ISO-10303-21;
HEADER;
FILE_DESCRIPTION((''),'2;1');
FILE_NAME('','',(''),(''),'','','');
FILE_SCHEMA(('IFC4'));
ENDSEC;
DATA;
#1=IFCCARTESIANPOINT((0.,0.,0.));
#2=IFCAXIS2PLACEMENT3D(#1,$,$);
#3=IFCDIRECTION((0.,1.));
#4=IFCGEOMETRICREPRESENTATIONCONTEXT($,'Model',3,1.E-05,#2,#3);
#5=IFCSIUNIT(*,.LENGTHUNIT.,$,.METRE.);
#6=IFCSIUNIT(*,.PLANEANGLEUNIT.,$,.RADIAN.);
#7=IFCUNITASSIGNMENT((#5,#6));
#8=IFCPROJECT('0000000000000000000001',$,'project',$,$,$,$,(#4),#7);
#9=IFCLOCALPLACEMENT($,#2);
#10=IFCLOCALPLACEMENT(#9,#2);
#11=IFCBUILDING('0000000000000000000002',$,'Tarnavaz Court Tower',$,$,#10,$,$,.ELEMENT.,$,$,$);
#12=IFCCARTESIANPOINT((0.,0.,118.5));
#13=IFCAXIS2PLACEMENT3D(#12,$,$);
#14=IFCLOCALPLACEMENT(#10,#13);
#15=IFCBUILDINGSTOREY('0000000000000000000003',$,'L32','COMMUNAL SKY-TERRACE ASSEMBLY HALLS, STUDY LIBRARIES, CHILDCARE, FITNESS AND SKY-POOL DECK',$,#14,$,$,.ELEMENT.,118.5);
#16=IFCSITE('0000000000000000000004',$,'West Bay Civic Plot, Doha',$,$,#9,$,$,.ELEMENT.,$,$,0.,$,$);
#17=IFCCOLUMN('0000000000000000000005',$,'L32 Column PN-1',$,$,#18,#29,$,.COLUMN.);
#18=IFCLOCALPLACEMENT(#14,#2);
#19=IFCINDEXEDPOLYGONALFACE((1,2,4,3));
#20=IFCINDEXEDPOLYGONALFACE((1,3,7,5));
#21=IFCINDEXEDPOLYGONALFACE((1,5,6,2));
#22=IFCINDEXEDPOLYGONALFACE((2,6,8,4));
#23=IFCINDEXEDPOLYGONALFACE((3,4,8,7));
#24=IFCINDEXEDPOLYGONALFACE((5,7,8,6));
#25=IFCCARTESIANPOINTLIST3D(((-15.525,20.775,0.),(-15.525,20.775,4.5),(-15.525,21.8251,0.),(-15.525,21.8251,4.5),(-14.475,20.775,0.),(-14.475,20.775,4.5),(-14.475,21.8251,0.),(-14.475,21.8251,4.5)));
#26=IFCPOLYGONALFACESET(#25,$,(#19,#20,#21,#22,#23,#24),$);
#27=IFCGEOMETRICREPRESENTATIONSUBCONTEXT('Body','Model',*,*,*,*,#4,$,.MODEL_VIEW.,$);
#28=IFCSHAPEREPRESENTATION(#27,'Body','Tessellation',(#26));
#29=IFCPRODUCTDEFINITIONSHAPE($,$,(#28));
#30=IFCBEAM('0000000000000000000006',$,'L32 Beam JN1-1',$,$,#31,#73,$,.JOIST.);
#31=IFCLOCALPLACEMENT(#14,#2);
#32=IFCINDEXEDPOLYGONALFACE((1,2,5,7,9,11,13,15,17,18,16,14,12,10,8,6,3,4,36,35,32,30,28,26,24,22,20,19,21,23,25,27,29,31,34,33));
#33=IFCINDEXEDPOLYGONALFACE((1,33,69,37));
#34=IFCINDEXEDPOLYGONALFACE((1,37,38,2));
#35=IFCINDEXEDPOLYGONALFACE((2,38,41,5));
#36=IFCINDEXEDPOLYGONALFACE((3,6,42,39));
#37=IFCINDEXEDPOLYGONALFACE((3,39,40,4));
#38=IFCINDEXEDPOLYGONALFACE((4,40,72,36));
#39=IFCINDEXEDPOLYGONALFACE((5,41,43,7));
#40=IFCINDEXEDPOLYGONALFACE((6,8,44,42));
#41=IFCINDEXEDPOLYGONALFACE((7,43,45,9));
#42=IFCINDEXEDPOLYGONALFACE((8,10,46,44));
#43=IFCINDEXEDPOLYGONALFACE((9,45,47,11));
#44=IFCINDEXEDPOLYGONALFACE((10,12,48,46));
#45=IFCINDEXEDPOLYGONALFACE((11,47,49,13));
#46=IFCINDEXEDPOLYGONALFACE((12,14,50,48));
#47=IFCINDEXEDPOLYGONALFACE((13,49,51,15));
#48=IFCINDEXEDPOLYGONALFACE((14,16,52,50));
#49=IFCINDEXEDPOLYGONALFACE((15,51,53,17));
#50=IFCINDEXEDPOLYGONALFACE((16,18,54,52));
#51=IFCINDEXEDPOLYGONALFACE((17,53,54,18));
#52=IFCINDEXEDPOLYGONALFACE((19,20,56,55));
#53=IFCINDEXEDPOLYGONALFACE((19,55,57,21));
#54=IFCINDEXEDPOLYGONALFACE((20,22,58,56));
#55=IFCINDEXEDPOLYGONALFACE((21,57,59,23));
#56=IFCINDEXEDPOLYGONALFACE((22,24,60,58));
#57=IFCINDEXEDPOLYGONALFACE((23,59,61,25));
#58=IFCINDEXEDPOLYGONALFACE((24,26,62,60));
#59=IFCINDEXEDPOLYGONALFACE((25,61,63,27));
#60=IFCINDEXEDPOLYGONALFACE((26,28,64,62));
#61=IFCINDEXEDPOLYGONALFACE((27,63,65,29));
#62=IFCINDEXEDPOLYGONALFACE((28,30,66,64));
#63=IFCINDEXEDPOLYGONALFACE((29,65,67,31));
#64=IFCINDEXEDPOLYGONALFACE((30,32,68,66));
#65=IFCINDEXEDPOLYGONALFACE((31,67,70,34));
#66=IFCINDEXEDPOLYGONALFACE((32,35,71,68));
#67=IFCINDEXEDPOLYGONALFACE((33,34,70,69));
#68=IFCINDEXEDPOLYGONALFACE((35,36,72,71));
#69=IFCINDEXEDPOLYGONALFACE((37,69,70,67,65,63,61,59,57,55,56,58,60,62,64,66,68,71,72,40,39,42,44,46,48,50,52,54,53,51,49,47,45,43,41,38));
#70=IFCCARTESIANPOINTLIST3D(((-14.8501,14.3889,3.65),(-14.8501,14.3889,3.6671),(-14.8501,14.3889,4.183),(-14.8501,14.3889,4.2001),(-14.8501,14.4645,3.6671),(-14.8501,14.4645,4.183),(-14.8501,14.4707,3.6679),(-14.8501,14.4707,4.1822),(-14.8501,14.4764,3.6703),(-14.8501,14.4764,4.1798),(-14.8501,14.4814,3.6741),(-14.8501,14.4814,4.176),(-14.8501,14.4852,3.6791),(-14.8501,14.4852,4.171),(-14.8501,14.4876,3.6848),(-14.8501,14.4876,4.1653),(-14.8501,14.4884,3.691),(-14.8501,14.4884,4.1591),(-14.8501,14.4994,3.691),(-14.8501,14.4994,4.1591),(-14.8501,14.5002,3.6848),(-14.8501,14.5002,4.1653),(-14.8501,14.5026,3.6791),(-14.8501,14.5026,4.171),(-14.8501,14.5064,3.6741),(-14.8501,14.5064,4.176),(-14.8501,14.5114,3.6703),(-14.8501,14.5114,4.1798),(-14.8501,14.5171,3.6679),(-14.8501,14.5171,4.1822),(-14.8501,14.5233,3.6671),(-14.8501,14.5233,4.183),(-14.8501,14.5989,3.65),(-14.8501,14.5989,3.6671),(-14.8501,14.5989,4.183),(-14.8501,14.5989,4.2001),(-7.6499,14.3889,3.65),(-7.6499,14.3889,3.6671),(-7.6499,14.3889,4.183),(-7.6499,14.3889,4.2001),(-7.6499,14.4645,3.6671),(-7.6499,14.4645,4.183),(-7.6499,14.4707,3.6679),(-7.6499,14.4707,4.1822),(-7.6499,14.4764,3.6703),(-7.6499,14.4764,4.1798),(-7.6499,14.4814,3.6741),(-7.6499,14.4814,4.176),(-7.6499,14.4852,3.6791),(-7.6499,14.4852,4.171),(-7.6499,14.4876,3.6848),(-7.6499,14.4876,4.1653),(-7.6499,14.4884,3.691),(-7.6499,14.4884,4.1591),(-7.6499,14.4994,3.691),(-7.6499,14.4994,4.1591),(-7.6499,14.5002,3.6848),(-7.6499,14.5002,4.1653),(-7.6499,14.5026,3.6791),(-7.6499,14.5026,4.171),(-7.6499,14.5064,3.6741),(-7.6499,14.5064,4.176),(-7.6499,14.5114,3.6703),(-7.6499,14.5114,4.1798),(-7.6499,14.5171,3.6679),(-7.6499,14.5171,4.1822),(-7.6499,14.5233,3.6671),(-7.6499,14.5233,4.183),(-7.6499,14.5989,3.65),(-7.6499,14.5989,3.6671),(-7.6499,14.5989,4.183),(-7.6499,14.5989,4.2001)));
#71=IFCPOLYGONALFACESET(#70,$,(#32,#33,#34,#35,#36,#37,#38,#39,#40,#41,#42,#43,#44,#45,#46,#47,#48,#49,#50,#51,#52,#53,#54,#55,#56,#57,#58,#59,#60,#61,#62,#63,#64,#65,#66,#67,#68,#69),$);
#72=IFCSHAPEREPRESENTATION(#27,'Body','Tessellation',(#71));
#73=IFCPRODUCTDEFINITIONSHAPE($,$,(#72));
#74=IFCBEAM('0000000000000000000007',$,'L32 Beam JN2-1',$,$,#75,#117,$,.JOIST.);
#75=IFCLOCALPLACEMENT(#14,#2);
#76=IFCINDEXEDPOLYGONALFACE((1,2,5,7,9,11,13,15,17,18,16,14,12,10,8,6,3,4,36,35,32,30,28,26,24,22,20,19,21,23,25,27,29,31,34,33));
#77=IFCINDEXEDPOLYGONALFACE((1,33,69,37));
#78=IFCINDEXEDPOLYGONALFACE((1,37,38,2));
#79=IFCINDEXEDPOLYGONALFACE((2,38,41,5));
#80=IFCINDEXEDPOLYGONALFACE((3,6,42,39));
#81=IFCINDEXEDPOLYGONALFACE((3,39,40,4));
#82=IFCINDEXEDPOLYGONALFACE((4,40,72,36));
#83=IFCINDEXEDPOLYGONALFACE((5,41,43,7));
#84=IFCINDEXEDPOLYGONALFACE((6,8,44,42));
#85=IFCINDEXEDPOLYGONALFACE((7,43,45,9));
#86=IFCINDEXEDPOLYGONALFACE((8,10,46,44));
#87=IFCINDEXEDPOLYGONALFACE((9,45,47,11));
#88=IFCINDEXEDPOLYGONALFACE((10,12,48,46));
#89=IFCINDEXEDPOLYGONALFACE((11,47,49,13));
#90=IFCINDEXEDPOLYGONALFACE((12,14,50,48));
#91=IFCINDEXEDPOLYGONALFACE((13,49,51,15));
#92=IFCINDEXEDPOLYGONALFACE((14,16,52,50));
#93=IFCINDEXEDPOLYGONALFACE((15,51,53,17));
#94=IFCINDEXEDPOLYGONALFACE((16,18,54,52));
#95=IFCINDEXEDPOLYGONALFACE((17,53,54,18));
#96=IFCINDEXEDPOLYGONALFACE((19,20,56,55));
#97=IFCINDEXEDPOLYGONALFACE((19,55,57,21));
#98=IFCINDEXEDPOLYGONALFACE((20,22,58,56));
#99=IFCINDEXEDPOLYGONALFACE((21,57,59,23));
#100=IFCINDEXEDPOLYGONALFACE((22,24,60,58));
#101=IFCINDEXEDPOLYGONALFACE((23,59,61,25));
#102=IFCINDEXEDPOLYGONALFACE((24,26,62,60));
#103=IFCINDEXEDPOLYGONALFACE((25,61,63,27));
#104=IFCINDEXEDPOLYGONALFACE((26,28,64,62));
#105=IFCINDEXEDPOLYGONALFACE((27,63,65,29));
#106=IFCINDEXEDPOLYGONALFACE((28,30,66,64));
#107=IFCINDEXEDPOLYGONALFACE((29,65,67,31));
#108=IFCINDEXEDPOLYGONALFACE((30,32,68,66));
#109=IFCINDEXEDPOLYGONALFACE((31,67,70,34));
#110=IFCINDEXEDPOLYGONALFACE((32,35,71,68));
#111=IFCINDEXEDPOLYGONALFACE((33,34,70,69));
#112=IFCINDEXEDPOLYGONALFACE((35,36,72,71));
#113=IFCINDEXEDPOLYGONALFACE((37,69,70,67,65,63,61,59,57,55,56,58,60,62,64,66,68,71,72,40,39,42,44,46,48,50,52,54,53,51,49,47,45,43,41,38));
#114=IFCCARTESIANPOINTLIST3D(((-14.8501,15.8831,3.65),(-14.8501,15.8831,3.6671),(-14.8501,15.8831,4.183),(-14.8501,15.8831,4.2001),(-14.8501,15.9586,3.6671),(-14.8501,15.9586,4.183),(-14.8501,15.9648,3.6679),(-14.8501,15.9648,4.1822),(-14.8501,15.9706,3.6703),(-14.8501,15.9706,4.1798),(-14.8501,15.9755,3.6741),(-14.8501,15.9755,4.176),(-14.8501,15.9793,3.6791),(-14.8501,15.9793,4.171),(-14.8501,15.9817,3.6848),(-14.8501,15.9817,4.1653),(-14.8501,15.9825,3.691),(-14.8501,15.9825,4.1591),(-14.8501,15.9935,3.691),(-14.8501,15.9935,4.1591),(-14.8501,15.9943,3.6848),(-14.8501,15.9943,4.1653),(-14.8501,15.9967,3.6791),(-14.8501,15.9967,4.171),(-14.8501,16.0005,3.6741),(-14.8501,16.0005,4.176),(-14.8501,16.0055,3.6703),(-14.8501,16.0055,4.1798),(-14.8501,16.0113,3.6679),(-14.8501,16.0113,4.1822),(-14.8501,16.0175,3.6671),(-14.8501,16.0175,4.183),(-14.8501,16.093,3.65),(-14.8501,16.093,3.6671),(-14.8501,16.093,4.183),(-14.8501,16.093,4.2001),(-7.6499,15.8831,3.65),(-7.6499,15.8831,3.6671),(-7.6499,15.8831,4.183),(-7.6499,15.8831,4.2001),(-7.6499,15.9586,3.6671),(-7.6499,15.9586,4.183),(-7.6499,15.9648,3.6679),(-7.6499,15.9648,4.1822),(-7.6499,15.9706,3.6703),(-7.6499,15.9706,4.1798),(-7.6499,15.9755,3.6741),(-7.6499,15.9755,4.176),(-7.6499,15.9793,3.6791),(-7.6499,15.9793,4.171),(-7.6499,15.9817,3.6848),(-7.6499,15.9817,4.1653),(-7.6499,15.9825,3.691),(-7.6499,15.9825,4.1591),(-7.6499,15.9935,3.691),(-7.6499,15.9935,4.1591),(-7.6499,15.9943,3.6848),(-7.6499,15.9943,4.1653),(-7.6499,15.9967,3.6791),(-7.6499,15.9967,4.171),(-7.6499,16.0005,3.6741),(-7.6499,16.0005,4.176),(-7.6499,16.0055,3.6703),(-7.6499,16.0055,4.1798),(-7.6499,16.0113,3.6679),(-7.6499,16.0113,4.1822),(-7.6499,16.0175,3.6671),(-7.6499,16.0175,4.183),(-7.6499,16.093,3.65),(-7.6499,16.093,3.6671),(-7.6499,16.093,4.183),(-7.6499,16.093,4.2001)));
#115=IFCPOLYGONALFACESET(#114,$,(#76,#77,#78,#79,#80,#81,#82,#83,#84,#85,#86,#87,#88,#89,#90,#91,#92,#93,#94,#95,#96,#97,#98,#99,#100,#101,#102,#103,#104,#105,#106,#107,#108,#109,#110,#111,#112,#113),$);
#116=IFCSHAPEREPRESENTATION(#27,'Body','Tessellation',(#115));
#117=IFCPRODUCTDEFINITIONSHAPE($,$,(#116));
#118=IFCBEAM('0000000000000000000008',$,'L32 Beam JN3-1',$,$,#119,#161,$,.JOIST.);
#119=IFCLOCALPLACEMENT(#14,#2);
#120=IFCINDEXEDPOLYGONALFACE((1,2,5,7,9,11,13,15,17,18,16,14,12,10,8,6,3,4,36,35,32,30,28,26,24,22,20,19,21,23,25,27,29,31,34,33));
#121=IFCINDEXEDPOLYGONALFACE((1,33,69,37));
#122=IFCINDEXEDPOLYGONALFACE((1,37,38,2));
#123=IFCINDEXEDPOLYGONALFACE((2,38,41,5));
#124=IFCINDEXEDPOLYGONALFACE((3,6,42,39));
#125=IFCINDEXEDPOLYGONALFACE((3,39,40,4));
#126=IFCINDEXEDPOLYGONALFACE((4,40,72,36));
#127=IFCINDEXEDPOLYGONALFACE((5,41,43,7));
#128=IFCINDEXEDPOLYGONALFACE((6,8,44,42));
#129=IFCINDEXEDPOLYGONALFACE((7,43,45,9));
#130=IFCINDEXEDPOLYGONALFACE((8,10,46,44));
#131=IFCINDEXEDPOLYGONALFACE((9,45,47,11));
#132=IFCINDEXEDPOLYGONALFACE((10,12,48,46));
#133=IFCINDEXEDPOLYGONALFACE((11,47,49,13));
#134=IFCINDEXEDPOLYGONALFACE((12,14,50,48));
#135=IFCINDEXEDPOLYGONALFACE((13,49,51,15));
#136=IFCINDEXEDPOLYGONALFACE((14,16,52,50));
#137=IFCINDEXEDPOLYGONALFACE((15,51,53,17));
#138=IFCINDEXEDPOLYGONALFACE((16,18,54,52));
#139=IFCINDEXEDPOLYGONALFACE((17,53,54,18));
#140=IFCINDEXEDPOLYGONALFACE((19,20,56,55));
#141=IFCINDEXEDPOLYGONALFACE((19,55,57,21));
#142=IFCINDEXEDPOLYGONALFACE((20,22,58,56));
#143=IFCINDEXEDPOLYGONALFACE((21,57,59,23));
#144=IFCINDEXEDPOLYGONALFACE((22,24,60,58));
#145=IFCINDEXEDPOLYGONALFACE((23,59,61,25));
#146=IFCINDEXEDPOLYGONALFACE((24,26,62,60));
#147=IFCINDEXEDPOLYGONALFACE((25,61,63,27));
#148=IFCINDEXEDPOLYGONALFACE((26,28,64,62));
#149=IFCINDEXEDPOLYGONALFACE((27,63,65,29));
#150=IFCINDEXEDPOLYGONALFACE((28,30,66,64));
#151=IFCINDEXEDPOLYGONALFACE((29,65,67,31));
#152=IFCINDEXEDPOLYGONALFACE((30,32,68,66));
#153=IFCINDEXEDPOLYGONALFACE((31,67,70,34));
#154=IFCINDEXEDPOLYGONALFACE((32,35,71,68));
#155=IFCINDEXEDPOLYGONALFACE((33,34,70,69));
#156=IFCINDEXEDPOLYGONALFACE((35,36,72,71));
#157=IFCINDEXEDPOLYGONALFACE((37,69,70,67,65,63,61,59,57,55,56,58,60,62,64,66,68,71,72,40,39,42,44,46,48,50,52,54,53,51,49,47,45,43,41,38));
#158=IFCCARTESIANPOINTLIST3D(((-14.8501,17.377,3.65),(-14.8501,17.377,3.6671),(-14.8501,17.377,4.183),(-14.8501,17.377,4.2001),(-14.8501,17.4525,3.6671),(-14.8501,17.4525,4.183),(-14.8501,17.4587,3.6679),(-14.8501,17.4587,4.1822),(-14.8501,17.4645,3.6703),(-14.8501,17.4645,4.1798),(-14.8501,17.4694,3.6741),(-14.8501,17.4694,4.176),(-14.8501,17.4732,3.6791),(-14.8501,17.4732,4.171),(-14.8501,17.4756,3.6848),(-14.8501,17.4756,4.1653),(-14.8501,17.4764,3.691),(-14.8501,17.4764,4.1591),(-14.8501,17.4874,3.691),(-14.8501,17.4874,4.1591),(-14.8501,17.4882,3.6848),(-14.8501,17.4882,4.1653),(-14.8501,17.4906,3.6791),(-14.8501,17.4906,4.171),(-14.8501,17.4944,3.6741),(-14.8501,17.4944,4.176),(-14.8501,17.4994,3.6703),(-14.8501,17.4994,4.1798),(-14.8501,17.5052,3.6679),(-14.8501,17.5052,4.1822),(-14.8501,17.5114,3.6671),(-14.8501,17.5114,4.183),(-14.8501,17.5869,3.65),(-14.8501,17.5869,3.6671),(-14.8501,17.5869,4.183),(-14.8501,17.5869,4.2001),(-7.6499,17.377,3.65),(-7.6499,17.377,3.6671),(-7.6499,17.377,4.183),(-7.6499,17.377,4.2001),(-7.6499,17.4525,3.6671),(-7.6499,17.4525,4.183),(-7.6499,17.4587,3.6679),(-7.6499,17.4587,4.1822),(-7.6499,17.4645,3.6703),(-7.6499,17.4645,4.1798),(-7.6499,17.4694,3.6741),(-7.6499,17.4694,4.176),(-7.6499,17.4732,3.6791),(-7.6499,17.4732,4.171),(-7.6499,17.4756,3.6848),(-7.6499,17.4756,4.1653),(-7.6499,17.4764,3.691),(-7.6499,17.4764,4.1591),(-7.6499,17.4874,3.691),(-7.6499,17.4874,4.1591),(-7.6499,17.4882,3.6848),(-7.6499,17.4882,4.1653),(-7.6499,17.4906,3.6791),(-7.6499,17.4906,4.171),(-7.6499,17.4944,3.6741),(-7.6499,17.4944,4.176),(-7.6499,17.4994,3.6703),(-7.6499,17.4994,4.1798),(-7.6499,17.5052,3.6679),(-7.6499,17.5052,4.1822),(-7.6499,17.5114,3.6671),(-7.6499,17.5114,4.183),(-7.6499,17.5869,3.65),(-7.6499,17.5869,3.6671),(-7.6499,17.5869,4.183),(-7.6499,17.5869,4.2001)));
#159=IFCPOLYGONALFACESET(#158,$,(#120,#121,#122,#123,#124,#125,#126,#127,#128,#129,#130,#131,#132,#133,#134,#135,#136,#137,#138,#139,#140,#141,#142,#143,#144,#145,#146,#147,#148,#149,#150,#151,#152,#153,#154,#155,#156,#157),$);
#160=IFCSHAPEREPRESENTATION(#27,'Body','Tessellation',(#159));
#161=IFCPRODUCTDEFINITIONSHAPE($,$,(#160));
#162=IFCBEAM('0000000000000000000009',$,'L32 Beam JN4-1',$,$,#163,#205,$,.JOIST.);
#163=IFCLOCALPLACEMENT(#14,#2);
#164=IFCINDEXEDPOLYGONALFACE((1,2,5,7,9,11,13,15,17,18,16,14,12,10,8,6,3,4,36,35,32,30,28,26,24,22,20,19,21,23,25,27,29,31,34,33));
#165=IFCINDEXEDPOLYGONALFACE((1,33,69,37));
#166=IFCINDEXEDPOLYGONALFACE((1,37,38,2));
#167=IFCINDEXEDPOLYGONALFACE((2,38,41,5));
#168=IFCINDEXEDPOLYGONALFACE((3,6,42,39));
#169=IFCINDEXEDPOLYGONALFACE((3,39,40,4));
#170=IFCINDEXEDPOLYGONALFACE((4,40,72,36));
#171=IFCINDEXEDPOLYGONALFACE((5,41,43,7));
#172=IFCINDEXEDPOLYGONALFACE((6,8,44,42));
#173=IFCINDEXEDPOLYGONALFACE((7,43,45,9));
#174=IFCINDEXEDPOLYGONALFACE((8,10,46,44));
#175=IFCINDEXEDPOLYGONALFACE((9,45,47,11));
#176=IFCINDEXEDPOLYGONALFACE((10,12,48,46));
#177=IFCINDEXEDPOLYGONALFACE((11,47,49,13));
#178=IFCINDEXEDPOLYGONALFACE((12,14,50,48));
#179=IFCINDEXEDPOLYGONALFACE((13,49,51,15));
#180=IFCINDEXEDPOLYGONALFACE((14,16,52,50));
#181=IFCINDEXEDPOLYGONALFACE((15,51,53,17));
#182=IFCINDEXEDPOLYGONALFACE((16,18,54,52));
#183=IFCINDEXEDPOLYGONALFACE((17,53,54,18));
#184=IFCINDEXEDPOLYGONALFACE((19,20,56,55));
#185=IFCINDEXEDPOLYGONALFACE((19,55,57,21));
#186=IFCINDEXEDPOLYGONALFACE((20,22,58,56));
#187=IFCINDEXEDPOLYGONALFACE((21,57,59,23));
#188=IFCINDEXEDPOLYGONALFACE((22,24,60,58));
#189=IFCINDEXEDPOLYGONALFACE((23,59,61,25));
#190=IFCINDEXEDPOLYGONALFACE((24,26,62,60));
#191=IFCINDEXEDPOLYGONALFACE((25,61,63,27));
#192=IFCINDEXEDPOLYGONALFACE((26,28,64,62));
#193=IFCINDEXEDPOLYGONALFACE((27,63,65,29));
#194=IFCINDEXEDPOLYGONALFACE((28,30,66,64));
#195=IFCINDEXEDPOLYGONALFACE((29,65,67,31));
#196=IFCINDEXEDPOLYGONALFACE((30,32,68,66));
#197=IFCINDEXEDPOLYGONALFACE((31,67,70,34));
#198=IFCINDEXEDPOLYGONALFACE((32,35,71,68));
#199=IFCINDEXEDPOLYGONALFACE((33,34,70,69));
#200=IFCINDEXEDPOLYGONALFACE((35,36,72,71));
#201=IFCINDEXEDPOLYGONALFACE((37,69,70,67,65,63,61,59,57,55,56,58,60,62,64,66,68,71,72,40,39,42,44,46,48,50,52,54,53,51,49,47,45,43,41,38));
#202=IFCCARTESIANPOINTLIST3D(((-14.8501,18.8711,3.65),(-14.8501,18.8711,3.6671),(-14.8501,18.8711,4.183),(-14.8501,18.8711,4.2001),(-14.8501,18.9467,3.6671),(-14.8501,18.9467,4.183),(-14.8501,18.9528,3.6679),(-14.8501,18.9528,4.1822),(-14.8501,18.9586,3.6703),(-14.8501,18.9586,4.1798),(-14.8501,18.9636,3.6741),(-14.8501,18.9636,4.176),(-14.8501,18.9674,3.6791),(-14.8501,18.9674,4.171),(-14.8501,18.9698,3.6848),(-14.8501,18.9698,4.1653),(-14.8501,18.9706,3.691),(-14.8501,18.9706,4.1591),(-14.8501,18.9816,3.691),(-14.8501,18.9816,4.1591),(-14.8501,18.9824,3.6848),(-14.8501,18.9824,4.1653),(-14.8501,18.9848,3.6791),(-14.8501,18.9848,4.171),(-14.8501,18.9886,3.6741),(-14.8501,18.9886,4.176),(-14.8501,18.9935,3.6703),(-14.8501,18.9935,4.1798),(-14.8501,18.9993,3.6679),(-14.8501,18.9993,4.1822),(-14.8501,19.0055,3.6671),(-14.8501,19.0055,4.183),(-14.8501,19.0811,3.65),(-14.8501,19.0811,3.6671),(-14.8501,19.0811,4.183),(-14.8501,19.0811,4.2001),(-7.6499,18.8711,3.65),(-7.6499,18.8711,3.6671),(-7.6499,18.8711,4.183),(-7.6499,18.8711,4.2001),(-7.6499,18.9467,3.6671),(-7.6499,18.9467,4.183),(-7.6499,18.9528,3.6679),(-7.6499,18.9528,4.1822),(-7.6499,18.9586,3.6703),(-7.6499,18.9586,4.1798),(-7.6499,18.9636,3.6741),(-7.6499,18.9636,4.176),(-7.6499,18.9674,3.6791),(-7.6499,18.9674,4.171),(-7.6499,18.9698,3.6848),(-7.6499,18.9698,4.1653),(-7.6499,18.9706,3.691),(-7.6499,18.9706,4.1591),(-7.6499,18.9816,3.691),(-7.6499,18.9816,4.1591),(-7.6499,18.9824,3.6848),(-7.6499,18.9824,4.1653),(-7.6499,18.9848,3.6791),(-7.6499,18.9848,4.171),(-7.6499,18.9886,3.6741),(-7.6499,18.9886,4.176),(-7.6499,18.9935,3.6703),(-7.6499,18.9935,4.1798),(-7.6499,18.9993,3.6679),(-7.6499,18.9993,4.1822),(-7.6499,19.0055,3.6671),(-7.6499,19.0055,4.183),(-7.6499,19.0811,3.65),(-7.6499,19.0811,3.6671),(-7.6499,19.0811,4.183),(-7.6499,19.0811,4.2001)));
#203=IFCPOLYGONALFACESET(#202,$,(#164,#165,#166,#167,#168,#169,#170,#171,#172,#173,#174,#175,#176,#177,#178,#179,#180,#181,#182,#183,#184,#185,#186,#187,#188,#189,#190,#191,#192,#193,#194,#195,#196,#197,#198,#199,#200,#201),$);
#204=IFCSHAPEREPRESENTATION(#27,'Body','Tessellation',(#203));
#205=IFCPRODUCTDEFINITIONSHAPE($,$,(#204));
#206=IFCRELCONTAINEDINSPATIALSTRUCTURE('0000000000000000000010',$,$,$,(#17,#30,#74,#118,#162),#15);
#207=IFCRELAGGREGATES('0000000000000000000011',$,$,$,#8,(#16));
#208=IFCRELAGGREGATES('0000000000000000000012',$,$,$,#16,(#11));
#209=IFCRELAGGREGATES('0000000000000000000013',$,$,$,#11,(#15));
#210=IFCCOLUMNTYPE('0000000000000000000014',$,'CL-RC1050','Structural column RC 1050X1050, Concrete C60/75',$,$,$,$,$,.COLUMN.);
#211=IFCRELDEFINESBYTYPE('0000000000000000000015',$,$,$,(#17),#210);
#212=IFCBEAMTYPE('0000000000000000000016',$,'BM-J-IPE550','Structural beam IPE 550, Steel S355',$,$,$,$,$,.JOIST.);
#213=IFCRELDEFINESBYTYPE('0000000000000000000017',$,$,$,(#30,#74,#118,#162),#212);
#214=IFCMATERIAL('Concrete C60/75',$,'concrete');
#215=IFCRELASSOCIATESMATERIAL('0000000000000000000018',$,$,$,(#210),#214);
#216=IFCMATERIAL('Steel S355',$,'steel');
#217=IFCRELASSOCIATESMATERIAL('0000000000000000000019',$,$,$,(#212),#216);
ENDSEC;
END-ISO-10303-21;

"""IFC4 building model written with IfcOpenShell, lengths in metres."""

from ifc_helpers import new_model, si_unit, direction, frame, origin, origin_2d, place, context, subcontext, project, spatial, rectangle, i_section, extrude, material, material_profile, profile_set, type_object, element, save


model = new_model("IFC4")

# Units and contexts
model_context = context("Model", 3, precision=1e-05, world=origin(), true_north=direction((0.0, 1.0)))
body_context = subcontext(model_context, "Body", "Model", "MODEL_VIEW")
ifc_project = project(units=[si_unit("LENGTHUNIT", "METRE"), si_unit("PLANEANGLEUNIT", "RADIAN")], contexts=[model_context])

# Site, building, storey
site_placement = place(None, origin())
site = spatial("IfcSite", under=ifc_project, at=site_placement, Name="West Bay Civic Plot, Doha", CompositionType="ELEMENT", RefElevation=0.0)
building_placement = place(site_placement, origin())
building = spatial("IfcBuilding", under=site, at=building_placement, Name="Tarnavaz Court Tower", CompositionType="ELEMENT")
storey_placement = place(building_placement, frame((0.0, 0.0, 118.5)))
storey = spatial("IfcBuildingStorey", under=building, at=storey_placement, Name="L32", Description="COMMUNAL SKY-TERRACE ASSEMBLY HALLS, STUDY LIBRARIES, CHILDCARE, FITNESS AND SKY-POOL DECK", CompositionType="ELEMENT", Elevation=118.5)

# Column
ifc_material_1 = material(Name="Concrete C60/75", Category="concrete")
ifc_material_profile_1 = material_profile(ifc_material_1, rectangle(XDim=1.05, YDim=1.05, at=origin_2d()), Name="RC 1050X1050")
ifc_profile_set_1 = profile_set([ifc_material_profile_1], Name="Concrete C60/75")
column_type = type_object("IfcColumnType", Name="CL-RC1050", Description="Structural column RC 1050X1050, Concrete C60/75", PredefinedType="COLUMN", material=ifc_profile_set_1)
column_placement = place(storey_placement, frame((-15.0, 21.3, 0.0), z_axis=(0.0, 0.0, 1.0), x_axis=(1.0, 0.0, 0.0)))
element("IfcColumn", 1, at=column_placement, inside=storey, type_object=column_type, Name="L32 Column PN-1", PredefinedType="COLUMN", context=body_context, shape_type="SweptSolid", body=[
    extrude(rectangle(XDim=1.05, YDim=1.05, at=origin_2d()), origin(), (0.0, 0.0, 1.0), 4.5),
])

# Beams
ifc_material_2 = material(Name="Steel S355", Category="steel")
ifc_material_profile_2 = material_profile(ifc_material_2, i_section(OverallWidth=0.21, OverallDepth=0.55, WebThickness=0.011, FlangeThickness=0.0171, FilletRadius=0.0239, at=origin_2d()), Name="IPE 550")
ifc_profile_set_2 = profile_set([ifc_material_profile_2], Name="Steel S355")
beam_type = type_object("IfcBeamType", Name="BM-J-IPE550", Description="Structural beam IPE 550, Steel S355", PredefinedType="JOIST", material=ifc_profile_set_2)
for number, where, z_axis, x_axis, name in (
    (2, (-14.8501, 14.4939, 3.925), (1.0, 0.0, 0.0), (0.0, 1.0, 0.0), "L32 Beam JN1-1"),
    (3, (-14.8501, 15.988, 3.925), (1.0, 0.0, 0.0), (0.0, 1.0, 0.0), "L32 Beam JN2-1"),
    (4, (-14.8501, 17.4819, 3.925), (1.0, 0.0, 0.0), (0.0, 1.0, 0.0), "L32 Beam JN3-1"),
    (5, (-14.8501, 18.9761, 3.925), (1.0, 0.0, 0.0), (0.0, 1.0, 0.0), "L32 Beam JN4-1"),
):
    element("IfcBeam", number, at=place(storey_placement, frame(where, z_axis=z_axis, x_axis=x_axis)), inside=storey, type_object=beam_type, Name=name, PredefinedType="JOIST", context=body_context, shape_type="SweptSolid", body=[
        extrude(i_section(OverallWidth=0.21, OverallDepth=0.55, WebThickness=0.011, FlangeThickness=0.0171, FilletRadius=0.0239, at=origin_2d()), origin(), (0.0, 0.0, 1.0), 7.2002),
    ])

save(model, "model.ifc")
